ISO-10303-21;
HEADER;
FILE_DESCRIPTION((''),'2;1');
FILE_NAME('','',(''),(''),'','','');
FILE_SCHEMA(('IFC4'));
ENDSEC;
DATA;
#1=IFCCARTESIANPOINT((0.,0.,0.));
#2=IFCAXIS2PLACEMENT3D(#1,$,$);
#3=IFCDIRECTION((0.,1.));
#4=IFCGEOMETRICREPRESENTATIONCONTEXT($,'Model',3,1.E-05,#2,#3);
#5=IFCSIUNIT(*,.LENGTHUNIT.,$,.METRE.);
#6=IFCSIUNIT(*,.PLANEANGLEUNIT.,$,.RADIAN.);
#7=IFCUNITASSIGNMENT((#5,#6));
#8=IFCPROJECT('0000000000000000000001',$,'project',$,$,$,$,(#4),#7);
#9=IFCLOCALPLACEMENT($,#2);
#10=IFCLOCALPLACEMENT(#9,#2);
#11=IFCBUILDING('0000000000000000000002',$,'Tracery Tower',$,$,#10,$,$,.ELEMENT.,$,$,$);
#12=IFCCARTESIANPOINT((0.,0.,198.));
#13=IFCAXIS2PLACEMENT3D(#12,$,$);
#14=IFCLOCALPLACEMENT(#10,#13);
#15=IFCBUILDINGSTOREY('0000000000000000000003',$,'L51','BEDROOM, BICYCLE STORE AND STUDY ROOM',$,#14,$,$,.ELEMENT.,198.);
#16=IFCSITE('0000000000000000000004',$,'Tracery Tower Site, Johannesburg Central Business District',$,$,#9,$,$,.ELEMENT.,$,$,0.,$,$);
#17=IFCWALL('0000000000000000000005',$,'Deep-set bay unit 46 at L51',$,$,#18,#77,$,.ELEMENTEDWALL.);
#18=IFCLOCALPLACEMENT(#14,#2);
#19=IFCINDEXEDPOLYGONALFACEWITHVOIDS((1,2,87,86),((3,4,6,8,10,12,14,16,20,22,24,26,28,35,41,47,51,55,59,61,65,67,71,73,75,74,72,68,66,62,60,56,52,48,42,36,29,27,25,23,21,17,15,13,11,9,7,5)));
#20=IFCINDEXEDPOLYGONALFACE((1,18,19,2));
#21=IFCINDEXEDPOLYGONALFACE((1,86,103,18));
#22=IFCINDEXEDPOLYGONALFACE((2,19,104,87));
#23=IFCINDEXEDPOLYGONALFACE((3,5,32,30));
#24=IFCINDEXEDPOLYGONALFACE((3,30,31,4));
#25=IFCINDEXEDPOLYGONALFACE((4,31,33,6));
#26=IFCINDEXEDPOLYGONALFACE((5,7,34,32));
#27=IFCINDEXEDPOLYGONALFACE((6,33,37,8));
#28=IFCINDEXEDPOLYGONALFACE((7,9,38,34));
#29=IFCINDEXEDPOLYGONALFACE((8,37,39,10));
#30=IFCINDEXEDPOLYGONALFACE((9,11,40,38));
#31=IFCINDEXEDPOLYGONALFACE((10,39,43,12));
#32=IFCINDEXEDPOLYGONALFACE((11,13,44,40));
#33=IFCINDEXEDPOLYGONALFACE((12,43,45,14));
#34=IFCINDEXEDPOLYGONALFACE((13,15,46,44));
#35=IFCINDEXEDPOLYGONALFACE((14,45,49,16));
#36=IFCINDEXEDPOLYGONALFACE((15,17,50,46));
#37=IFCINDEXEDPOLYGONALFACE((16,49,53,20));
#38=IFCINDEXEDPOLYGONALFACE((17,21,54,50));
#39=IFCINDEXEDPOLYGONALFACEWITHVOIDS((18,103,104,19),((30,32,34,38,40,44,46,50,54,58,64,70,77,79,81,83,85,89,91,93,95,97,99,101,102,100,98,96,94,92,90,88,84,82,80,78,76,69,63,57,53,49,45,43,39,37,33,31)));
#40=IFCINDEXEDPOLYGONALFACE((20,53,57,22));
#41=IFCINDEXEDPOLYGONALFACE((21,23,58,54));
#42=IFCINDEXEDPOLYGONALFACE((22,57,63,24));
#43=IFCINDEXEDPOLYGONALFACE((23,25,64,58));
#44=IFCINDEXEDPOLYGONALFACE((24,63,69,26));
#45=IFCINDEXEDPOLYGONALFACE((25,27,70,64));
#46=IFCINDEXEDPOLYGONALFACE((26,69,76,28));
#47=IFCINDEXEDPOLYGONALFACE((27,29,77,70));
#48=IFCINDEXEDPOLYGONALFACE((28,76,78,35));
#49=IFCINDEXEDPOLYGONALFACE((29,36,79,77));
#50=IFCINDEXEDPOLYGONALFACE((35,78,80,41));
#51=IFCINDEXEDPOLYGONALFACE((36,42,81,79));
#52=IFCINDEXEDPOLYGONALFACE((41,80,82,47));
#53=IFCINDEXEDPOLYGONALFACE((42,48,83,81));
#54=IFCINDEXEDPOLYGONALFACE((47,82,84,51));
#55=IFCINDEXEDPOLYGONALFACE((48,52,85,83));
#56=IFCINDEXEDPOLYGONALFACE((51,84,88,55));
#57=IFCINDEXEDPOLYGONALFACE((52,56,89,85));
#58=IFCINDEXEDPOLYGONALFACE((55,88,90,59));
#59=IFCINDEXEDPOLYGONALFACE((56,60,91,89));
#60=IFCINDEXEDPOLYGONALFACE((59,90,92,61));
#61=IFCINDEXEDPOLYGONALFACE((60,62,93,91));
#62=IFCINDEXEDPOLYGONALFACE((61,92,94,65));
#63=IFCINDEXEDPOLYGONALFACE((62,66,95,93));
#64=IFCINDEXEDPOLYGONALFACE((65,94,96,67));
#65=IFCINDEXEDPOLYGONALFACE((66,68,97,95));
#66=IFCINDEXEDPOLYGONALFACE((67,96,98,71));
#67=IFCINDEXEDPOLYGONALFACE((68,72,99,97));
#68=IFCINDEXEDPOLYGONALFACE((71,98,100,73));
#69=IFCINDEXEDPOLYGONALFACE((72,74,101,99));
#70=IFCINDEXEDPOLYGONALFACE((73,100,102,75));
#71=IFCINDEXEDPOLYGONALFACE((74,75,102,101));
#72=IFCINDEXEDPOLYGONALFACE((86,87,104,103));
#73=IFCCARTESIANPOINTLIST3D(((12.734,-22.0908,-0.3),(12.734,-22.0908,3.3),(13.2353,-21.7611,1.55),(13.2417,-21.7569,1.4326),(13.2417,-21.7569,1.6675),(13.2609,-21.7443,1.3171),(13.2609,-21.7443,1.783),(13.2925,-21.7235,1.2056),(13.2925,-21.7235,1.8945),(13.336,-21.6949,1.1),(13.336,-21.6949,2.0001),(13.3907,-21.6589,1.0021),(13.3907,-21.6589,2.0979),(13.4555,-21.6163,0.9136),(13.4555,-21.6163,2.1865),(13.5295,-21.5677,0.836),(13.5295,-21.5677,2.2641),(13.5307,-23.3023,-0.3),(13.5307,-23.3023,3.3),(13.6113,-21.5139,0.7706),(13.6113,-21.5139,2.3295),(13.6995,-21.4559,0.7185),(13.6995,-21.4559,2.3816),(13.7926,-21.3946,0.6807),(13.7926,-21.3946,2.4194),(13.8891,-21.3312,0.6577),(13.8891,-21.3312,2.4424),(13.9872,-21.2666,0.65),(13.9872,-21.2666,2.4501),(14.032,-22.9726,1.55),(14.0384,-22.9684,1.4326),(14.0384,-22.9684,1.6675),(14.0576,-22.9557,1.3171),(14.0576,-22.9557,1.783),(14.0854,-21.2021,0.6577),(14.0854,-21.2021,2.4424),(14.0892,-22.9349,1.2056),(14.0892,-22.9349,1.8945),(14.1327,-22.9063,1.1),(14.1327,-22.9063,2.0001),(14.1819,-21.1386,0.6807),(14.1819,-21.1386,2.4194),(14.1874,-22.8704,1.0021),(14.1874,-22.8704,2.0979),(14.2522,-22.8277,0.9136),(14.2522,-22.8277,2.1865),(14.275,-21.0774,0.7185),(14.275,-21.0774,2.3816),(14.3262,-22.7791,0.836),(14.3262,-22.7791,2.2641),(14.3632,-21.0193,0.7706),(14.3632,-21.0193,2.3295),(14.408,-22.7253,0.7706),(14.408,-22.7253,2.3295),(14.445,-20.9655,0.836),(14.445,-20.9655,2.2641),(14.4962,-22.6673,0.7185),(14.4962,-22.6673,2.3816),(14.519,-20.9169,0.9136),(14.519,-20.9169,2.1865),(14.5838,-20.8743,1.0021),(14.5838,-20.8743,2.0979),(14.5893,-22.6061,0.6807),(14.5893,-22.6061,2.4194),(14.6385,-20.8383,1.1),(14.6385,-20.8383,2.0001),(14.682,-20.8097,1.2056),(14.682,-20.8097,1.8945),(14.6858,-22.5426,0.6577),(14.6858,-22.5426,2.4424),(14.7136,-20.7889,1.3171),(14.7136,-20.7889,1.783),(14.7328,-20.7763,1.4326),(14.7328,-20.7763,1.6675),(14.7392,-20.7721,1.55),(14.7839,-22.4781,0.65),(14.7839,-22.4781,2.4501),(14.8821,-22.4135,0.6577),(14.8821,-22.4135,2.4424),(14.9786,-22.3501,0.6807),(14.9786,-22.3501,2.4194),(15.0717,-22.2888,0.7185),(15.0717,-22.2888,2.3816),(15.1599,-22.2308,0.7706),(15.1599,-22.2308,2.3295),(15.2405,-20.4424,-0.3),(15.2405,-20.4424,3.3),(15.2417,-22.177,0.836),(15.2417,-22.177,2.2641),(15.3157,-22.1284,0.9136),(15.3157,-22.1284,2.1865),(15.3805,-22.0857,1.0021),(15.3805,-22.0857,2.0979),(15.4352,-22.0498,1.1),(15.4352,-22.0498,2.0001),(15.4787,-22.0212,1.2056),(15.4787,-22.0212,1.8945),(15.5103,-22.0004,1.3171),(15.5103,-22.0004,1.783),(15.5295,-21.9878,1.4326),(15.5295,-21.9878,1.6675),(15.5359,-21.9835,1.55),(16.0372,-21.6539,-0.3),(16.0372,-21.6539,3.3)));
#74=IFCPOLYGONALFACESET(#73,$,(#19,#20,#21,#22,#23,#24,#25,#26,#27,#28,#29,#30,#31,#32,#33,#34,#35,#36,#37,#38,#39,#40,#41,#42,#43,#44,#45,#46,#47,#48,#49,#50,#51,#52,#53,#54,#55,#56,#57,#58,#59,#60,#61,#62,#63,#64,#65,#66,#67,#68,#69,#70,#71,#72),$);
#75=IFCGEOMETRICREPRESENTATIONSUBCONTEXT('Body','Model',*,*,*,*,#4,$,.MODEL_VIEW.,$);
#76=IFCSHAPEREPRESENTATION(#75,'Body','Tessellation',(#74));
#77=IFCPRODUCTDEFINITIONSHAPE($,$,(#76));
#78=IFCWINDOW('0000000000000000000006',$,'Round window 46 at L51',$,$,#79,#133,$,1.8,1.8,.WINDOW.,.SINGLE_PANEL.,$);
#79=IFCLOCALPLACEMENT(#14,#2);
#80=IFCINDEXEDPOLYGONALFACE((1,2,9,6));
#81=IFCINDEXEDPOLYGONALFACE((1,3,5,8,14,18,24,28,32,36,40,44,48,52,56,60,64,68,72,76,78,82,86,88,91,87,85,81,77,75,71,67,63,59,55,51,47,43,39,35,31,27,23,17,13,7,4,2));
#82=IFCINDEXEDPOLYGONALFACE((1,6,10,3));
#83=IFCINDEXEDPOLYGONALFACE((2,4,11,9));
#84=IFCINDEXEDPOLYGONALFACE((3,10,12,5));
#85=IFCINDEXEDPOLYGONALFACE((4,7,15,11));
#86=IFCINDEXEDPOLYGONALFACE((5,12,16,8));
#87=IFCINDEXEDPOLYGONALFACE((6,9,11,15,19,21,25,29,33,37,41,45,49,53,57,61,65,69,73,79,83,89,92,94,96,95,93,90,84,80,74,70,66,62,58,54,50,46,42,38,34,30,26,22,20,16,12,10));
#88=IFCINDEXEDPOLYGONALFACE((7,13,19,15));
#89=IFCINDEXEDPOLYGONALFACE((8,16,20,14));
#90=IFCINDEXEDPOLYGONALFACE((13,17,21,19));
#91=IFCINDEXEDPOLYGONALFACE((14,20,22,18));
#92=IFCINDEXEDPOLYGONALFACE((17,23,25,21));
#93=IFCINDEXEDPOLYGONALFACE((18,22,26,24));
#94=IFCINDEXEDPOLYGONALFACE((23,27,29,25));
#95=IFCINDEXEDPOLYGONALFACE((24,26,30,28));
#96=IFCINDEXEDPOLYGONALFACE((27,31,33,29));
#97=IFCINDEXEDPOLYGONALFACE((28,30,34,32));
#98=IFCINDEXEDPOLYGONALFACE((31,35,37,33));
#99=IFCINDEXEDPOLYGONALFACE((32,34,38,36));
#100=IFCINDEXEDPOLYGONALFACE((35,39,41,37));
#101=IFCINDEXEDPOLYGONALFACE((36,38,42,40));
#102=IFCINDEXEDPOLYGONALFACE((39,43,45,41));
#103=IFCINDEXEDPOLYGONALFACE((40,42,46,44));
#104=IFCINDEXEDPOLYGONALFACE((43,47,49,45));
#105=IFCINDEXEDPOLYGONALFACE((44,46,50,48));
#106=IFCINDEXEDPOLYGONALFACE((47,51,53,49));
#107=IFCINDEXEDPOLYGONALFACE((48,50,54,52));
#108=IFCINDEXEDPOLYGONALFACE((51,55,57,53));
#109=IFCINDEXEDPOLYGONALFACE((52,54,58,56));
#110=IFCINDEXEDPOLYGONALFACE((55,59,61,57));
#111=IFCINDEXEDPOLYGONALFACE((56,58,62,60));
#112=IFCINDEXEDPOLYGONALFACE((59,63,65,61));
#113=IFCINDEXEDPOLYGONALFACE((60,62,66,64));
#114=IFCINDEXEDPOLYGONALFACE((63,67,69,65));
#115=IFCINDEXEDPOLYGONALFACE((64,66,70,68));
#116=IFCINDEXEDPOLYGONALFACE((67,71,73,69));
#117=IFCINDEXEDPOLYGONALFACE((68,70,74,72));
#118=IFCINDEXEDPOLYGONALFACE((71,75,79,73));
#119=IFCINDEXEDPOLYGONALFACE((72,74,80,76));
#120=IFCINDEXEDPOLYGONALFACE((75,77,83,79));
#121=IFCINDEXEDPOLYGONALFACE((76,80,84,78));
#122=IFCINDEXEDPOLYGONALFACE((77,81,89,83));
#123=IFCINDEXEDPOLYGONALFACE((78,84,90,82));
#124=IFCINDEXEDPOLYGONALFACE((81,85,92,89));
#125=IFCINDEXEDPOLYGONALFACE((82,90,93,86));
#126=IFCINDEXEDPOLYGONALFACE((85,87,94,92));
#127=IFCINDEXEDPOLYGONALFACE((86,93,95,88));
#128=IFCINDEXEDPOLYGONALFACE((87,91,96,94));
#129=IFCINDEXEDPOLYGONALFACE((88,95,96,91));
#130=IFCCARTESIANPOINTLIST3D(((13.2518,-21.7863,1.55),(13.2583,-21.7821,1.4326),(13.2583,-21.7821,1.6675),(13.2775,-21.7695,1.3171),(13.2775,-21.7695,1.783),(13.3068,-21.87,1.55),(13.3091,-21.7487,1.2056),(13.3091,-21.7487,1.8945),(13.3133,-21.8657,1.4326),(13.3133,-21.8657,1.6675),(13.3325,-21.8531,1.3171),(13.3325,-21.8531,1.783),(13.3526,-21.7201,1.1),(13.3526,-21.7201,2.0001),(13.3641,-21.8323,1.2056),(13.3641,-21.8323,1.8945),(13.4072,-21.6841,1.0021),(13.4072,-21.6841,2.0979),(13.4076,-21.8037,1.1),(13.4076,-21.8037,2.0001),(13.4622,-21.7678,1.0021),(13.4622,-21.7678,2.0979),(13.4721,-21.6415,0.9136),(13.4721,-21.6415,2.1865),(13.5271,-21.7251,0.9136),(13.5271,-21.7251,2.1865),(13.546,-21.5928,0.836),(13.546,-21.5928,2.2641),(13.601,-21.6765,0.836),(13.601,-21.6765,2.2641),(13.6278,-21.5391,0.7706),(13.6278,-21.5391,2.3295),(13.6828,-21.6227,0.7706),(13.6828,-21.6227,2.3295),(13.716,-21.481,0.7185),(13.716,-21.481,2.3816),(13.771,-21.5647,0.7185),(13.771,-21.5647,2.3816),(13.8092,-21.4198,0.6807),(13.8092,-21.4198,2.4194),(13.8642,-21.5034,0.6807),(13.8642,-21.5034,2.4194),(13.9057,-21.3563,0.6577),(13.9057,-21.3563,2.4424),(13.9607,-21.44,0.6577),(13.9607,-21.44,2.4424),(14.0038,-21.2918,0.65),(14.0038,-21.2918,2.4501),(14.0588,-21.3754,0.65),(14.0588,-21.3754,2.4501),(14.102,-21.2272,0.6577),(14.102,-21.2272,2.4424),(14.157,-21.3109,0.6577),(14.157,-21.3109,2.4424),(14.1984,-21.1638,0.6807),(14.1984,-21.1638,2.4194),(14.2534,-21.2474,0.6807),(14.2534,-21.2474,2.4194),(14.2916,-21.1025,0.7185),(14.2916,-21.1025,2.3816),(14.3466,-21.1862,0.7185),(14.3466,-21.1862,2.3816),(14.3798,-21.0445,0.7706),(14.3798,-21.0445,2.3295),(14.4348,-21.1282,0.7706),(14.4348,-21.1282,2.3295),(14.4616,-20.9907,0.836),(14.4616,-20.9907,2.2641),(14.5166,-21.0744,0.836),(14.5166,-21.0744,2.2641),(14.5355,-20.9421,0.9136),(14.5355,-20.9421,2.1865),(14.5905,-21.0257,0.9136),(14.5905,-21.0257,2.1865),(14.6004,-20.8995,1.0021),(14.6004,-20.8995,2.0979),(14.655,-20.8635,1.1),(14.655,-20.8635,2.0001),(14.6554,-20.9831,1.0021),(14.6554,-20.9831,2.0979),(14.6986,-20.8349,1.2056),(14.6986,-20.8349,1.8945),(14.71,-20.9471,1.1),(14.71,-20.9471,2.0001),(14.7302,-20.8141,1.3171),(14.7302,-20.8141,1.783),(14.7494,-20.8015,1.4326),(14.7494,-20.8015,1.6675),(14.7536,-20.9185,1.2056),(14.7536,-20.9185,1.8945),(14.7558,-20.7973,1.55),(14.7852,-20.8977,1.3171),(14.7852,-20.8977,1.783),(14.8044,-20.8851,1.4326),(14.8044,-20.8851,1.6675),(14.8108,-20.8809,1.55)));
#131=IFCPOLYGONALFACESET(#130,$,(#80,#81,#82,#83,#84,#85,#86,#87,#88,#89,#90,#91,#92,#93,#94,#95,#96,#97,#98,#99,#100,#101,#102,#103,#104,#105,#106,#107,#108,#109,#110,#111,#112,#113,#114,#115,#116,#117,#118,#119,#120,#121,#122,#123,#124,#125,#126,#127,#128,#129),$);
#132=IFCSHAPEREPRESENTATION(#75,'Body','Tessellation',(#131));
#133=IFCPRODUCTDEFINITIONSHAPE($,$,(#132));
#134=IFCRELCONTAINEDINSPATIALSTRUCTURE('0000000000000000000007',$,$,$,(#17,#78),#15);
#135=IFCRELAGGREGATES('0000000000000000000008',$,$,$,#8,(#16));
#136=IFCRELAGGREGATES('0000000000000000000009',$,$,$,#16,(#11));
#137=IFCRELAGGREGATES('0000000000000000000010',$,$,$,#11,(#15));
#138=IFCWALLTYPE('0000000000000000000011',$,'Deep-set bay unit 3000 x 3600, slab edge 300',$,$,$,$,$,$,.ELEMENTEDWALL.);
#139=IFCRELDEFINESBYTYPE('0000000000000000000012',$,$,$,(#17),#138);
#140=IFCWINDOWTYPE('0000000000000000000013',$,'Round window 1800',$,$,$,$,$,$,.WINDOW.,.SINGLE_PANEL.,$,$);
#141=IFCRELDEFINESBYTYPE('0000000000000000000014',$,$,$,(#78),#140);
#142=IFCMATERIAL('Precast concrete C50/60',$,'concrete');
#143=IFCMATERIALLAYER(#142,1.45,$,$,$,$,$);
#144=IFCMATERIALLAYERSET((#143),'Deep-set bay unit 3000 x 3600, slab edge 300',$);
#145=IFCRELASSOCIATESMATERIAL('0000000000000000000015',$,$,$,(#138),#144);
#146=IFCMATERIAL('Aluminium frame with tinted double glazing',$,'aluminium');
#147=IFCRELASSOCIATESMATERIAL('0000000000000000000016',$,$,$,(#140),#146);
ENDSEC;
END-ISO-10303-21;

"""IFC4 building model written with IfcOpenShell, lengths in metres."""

from ifc_helpers import new_model, si_unit, direction, frame, frame_2d, origin, origin_2d, place, context, subcontext, project, spatial, rectangle, circle, extrude, material, layer, layer_set, type_object, element, fill, save


model = new_model("IFC4")

# Units and contexts
model_context = context("Model", 3, precision=1e-05, world=origin(), true_north=direction((0.0, 1.0)))
body_context = subcontext(model_context, "Body", "Model", "MODEL_VIEW")
ifc_project = project(units=[si_unit("LENGTHUNIT", "METRE"), si_unit("PLANEANGLEUNIT", "RADIAN")], contexts=[model_context])

# Site, building, storey
site_placement = place(None, origin())
site = spatial("IfcSite", under=ifc_project, at=site_placement, Name="Tracery Tower Site, Johannesburg Central Business District", CompositionType="ELEMENT", RefElevation=0.0)
building_placement = place(site_placement, origin())
building = spatial("IfcBuilding", under=site, at=building_placement, Name="Tracery Tower", CompositionType="ELEMENT")
storey_placement = place(building_placement, frame((0.0, 0.0, 198.0)))
storey = spatial("IfcBuildingStorey", under=building, at=storey_placement, Name="L51", Description="BEDROOM, BICYCLE STORE AND STUDY ROOM", CompositionType="ELEMENT", Elevation=198.0)

# Wall, opening, window
ifc_material_1 = material(Name="Precast concrete C50/60", Category="concrete")
ifc_layer_1 = layer(ifc_material_1, 1.45)
ifc_layer_set_1 = layer_set([ifc_layer_1], Name="Deep-set bay unit 3000 x 3600, slab edge 300")
wall_type_1 = type_object("IfcWallType", Name="Deep-set bay unit 3000 x 3600, slab edge 300", PredefinedType="ELEMENTEDWALL", material=ifc_layer_set_1)
wall_1_placement = place(storey_placement, frame((13.1323, -22.6965, -0.3), z_axis=(0.0, 0.0, 1.0), x_axis=(0.835514, 0.549469, 0.0)))
wall_1 = element("IfcWall", 1, at=wall_1_placement, inside=storey, type_object=wall_type_1, Name="Deep-set bay unit 46 at L51", PredefinedType="ELEMENTEDWALL", context=body_context, shape_type="SweptSolid", body=[
    extrude(rectangle(XDim=3.0, YDim=1.45, at=frame_2d((1.5, 0.0))), origin(), (0.0, 0.0, 1.0), 3.6001),
])
opening_1_placement = place(wall_1_placement, frame((1.5, 0.0, 1.8501)))
opening_1 = element("IfcOpeningElement", 2, at=opening_1_placement, cuts=wall_1, PredefinedType="OPENING", context=body_context, shape_type="SweptSolid", body=[
    extrude(circle(Radius=0.9, at=origin_2d()), frame((0.0, 0.7349, 0.0), z_axis=(0.0, -1.0, 0.0), x_axis=(1.0, 0.0, 0.0)), (0.0, 0.0, 1.0), 1.47),
])
ifc_material_2 = material(Name="Aluminium frame with tinted double glazing", Category="aluminium")
window_type = type_object("IfcWindowType", Name="Round window 1800", PartitioningType="SINGLE_PANEL", PredefinedType="WINDOW", material=ifc_material_2)
window_1_placement = place(opening_1_placement, origin())
window_1 = element("IfcWindow", 3, at=window_1_placement, inside=storey, type_object=window_type, Name="Round window 46 at L51", OverallHeight=1.8, OverallWidth=1.8, PartitioningType="SINGLE_PANEL", PredefinedType="WINDOW", context=body_context, shape_type="SweptSolid", body=[
    extrude(circle(Radius=0.9, at=origin_2d()), frame((0.0, 0.6948, 0.0), z_axis=(0.0, -1.0, 0.0), x_axis=(1.0, 0.0, 0.0)), (0.0, 0.0, 1.0), 0.1001),
])
fill(opening_1, window_1)

save(model, "model.ifc")
